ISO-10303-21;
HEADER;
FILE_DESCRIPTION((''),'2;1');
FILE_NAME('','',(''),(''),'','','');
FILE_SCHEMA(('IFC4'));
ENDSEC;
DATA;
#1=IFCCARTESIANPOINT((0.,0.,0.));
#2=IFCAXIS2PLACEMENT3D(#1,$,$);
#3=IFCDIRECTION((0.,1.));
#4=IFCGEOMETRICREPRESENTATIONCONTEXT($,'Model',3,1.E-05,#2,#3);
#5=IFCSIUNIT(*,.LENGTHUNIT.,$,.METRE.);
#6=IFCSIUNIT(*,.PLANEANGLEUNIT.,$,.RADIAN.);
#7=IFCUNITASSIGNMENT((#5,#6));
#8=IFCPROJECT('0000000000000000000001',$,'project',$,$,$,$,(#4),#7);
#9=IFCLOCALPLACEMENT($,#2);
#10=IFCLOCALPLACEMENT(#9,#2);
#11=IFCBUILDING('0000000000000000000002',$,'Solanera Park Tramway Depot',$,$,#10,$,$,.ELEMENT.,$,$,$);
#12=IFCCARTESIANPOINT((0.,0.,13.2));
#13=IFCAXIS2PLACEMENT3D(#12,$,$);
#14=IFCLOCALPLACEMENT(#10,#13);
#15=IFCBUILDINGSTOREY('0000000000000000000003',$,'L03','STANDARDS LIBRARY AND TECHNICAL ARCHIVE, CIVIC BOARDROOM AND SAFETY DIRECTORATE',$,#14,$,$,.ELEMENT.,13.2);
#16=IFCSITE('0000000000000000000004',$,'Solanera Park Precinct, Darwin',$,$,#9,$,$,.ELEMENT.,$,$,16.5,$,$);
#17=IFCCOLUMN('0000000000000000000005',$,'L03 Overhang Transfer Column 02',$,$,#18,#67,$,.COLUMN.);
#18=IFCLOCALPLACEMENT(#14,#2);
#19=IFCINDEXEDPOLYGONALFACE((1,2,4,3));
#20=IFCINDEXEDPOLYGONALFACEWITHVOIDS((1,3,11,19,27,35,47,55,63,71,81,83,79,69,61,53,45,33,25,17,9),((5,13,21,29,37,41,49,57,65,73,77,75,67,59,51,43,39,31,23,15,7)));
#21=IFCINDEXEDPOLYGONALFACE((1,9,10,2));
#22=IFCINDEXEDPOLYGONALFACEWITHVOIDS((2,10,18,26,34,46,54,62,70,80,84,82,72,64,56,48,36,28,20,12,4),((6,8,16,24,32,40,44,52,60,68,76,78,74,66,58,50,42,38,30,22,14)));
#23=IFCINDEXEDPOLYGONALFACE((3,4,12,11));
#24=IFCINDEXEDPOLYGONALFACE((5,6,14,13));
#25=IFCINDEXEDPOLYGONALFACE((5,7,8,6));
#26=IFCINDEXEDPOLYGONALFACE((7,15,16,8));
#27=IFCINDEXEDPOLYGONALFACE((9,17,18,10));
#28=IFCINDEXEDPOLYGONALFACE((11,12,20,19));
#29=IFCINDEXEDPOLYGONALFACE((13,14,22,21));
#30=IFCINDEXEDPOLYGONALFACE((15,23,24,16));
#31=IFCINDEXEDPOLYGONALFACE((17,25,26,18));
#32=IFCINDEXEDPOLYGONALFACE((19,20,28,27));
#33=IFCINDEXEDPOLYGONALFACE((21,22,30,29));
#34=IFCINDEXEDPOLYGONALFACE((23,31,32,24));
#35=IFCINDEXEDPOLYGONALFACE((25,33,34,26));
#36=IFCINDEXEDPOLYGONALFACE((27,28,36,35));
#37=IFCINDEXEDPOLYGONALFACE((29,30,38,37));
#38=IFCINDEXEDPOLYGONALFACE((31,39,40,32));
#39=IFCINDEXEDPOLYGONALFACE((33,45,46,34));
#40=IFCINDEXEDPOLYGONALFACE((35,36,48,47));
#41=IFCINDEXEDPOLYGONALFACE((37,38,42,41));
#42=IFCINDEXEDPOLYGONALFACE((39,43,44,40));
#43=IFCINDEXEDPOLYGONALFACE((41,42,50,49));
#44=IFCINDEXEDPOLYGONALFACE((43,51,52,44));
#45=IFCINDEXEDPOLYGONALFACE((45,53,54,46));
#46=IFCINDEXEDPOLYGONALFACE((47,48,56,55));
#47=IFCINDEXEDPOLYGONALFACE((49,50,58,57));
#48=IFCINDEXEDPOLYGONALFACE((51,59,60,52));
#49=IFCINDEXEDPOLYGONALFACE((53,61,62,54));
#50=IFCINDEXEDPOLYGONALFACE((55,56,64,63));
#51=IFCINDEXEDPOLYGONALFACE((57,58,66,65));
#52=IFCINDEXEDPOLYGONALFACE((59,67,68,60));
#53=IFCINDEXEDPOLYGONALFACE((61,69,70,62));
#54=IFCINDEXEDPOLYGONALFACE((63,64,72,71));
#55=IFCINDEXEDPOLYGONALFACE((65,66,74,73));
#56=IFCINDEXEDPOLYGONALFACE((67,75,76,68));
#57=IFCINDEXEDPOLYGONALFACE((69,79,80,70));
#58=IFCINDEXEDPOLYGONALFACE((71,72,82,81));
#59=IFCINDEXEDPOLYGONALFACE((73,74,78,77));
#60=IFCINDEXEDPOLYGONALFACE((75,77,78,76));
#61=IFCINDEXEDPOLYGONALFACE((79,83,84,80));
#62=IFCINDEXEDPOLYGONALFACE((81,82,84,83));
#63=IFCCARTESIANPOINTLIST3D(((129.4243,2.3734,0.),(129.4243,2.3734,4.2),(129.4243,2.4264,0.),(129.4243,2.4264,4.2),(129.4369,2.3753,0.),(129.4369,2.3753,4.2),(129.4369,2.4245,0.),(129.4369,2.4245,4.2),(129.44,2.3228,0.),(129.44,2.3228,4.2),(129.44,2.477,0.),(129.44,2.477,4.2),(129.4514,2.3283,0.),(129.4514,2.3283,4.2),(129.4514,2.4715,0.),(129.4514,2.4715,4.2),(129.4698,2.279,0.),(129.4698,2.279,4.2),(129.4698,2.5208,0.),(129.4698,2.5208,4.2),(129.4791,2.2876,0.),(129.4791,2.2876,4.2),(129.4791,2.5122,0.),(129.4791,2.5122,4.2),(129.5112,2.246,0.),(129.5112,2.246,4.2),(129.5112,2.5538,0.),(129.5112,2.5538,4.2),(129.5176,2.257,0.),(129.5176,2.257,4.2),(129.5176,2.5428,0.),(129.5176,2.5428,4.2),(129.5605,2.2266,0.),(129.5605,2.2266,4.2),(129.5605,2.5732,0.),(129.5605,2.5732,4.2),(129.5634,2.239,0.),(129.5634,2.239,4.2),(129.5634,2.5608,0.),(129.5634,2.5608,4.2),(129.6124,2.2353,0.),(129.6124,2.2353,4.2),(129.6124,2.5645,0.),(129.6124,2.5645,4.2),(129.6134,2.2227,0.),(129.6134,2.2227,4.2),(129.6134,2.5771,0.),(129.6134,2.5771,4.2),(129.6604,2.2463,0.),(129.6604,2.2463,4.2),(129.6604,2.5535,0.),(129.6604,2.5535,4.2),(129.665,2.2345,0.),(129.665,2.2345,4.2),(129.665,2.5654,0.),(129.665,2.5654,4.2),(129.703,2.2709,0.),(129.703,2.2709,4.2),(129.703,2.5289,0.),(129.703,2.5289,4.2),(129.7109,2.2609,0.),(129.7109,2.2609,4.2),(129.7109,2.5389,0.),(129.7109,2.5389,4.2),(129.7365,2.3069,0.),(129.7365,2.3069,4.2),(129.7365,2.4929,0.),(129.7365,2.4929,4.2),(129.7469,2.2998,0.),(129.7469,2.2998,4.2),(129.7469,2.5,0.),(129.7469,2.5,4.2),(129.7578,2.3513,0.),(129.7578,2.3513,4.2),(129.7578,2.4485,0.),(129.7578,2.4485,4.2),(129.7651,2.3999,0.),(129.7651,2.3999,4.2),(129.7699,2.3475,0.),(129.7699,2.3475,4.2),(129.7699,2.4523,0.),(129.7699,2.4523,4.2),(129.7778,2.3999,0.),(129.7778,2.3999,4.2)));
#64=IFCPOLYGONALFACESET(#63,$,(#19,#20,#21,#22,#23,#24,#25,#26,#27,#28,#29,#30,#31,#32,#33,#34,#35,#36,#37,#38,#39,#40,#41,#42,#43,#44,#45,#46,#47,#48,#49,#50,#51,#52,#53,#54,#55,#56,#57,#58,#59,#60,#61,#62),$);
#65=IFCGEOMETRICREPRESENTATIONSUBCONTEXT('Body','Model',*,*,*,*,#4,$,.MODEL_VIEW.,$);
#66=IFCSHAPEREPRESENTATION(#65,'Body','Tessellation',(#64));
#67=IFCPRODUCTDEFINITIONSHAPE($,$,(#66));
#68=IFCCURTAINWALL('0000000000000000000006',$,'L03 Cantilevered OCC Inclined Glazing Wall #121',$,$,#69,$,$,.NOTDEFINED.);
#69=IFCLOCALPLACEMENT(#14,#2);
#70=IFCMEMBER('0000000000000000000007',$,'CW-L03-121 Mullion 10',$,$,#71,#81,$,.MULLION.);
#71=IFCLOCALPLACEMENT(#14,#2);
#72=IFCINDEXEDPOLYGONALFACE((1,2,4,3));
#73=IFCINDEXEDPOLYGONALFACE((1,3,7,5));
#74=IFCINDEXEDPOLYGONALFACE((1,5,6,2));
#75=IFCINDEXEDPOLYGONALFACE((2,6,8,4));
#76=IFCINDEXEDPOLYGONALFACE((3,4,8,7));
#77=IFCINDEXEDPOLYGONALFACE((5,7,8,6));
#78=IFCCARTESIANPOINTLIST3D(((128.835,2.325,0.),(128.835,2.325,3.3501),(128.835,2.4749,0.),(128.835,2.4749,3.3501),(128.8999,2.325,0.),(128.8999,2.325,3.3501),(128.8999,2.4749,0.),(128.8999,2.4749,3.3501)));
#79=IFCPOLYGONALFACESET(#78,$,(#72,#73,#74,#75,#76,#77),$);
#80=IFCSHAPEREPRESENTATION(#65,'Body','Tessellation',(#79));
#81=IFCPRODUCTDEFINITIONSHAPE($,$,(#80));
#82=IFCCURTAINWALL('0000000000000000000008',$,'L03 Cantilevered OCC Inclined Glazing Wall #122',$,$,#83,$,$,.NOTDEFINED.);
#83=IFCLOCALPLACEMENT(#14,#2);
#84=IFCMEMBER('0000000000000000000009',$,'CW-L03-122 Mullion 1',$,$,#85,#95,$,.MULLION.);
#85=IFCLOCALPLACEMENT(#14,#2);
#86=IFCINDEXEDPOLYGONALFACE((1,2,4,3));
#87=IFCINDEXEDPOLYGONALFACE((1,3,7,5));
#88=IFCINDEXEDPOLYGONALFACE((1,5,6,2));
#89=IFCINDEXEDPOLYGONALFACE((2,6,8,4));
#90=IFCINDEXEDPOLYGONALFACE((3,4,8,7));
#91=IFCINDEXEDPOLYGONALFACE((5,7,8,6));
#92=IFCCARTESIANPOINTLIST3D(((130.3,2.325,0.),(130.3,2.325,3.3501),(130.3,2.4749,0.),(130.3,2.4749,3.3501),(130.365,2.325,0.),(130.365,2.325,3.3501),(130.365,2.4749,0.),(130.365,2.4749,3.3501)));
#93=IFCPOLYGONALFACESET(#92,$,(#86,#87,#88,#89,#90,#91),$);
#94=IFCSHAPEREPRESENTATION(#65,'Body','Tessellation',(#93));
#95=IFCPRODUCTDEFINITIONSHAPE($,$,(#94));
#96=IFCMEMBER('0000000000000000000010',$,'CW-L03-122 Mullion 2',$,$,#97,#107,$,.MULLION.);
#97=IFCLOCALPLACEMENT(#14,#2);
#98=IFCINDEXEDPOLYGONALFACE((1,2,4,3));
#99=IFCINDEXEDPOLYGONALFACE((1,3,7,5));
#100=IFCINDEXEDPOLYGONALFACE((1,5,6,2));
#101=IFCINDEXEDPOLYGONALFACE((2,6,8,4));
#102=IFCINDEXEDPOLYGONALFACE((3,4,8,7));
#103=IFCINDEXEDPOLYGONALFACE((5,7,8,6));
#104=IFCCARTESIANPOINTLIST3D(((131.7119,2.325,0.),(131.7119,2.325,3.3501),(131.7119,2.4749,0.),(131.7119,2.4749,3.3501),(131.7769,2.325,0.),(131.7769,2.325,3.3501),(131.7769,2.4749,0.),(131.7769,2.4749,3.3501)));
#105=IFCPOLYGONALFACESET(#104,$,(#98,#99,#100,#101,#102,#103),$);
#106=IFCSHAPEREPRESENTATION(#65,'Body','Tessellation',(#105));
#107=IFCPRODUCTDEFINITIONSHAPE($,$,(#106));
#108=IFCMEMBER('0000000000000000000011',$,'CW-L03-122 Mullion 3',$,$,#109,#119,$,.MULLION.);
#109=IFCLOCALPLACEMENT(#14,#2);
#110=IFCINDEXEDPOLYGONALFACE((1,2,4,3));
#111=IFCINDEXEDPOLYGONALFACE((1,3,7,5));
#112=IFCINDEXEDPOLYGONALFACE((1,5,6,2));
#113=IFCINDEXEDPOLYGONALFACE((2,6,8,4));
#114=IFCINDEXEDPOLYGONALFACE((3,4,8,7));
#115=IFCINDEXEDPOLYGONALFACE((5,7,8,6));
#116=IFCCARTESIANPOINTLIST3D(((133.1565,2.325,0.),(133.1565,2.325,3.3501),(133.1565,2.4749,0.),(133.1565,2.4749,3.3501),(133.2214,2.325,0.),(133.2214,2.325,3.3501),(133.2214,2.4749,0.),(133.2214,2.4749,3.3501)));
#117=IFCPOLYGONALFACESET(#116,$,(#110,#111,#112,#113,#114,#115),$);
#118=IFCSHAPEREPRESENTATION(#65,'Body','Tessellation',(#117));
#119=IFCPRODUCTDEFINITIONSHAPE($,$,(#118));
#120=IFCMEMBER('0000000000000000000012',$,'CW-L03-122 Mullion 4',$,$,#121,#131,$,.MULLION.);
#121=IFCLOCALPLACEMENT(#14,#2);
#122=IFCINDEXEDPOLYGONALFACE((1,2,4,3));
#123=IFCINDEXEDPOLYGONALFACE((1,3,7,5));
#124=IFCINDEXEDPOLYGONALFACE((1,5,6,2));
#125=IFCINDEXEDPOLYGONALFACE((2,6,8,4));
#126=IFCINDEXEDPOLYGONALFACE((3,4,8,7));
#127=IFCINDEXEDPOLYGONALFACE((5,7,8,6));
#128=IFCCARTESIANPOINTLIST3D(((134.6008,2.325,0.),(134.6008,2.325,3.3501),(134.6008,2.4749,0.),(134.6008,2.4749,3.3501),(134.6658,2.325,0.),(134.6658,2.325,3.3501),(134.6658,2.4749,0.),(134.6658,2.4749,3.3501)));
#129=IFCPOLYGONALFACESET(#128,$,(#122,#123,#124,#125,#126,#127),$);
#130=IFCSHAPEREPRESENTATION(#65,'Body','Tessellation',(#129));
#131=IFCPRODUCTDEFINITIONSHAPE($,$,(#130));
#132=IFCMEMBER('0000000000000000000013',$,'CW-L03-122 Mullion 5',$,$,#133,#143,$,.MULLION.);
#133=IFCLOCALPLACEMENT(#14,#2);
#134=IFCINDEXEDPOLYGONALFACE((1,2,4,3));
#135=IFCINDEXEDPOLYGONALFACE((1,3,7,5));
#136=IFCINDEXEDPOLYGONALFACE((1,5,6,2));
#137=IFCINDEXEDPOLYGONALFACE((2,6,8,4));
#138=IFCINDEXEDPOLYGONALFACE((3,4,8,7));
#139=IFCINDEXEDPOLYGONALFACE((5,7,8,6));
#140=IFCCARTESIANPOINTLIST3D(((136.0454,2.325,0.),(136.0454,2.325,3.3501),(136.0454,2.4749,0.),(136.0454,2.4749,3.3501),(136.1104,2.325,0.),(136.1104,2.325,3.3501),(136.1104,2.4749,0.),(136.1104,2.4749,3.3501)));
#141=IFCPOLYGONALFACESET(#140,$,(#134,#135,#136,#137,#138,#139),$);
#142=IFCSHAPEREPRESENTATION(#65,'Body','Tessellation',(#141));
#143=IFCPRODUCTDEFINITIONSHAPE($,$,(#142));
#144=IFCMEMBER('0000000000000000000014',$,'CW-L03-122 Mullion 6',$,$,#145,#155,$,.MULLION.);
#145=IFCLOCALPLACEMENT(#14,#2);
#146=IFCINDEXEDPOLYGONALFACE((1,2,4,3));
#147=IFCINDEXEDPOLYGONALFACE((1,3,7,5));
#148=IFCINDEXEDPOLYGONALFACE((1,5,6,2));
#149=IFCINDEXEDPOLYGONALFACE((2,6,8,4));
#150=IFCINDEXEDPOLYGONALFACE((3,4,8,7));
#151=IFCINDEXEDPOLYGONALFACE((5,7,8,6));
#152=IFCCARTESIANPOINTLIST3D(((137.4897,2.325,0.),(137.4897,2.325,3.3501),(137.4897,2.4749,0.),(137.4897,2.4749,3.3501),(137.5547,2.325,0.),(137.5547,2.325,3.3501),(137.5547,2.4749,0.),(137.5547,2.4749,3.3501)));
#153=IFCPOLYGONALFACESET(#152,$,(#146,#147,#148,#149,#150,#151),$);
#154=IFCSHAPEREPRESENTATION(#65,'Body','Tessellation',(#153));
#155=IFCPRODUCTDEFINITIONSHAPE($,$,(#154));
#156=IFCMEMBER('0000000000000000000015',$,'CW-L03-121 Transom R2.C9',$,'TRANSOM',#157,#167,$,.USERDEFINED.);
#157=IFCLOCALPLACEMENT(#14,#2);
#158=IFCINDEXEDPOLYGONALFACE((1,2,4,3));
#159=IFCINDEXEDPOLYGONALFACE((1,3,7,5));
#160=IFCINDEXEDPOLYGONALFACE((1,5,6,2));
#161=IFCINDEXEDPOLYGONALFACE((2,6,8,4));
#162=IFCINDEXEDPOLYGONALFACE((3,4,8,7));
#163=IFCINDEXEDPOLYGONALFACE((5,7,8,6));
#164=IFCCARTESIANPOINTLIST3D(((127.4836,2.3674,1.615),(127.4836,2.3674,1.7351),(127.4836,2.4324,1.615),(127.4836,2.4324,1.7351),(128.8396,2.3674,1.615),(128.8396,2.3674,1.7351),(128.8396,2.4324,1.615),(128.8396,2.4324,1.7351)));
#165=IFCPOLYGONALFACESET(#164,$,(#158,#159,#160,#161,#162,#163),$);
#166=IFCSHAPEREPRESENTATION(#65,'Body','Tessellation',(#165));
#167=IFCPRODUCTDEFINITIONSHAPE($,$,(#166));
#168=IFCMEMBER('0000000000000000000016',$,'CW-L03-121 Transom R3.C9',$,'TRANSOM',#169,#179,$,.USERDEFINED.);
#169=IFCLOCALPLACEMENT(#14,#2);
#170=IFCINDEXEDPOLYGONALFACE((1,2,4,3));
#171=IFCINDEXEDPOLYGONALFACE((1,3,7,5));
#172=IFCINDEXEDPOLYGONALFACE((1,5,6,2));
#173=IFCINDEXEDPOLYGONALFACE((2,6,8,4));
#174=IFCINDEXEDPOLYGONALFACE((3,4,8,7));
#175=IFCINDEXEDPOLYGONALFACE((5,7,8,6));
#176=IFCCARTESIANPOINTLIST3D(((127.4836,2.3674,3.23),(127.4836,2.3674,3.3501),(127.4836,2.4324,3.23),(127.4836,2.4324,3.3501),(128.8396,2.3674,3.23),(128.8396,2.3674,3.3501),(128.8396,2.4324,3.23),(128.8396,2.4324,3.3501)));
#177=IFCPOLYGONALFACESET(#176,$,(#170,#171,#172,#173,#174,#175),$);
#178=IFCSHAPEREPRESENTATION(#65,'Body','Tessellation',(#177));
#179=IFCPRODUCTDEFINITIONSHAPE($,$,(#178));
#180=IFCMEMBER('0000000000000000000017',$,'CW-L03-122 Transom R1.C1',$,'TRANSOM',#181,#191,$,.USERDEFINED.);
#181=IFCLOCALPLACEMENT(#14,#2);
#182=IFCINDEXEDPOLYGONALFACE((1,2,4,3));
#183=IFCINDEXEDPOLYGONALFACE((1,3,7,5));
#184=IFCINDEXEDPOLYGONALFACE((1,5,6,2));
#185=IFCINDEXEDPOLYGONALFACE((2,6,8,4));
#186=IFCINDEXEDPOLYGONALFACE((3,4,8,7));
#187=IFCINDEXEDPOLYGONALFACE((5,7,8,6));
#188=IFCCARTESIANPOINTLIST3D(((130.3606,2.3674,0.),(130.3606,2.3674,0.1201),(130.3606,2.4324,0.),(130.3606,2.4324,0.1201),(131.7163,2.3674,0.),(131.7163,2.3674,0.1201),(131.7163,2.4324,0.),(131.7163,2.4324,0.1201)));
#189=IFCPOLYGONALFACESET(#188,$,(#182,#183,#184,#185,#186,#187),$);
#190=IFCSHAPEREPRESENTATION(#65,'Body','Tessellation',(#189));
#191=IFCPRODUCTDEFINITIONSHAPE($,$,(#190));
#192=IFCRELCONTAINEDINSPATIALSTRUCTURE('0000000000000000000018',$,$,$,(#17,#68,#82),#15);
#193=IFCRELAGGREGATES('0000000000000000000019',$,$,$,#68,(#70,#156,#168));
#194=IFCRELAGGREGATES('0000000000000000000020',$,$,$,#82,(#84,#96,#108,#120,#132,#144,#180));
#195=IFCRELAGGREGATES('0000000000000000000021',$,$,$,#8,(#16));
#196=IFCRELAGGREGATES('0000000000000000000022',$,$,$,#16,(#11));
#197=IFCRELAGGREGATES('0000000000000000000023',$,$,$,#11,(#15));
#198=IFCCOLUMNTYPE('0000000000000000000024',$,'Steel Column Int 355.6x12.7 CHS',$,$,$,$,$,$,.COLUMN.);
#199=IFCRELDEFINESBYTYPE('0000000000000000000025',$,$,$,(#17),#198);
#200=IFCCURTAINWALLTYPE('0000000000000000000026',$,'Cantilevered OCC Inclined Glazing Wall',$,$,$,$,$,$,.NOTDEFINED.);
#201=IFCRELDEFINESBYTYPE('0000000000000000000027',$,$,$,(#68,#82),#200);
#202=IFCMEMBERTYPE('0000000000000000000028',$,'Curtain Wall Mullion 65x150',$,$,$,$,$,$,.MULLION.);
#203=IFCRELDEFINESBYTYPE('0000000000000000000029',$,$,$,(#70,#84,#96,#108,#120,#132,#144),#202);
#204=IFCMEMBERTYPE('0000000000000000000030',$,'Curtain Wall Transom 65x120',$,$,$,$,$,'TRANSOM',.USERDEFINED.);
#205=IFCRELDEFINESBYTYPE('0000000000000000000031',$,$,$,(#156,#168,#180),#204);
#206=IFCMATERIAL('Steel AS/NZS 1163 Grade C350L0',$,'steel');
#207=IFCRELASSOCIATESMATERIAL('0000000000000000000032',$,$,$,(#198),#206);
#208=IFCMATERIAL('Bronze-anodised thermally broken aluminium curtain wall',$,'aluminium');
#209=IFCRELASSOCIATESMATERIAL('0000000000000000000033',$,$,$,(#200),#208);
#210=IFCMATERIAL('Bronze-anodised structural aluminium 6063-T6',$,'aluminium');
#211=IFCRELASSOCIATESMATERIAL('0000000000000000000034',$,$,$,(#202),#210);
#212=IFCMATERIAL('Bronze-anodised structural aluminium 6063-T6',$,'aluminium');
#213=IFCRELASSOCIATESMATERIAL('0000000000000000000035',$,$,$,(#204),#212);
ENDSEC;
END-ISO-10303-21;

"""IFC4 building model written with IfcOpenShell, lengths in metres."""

from ifc_helpers import new_model, si_unit, direction, frame, origin, origin_2d, place, context, subcontext, project, spatial, rectangle, hollow_circle, extrude, material, material_profile, profile_set, type_object, element, aggregate, save


model = new_model("IFC4")

# Units and contexts
model_context = context("Model", 3, precision=1e-05, world=origin(), true_north=direction((0.0, 1.0)))
body_context = subcontext(model_context, "Body", "Model", "MODEL_VIEW")
ifc_project = project(units=[si_unit("LENGTHUNIT", "METRE"), si_unit("PLANEANGLEUNIT", "RADIAN")], contexts=[model_context])

# Site, building, storey
site_placement = place(None, origin())
site = spatial("IfcSite", under=ifc_project, at=site_placement, Name="Solanera Park Precinct, Darwin", CompositionType="ELEMENT", RefElevation=16.5)
building_placement = place(site_placement, origin())
building = spatial("IfcBuilding", under=site, at=building_placement, Name="Solanera Park Tramway Depot", CompositionType="ELEMENT")
storey_placement = place(building_placement, frame((0.0, 0.0, 13.2)))
storey = spatial("IfcBuildingStorey", under=building, at=storey_placement, Name="L03", Description="STANDARDS LIBRARY AND TECHNICAL ARCHIVE, CIVIC BOARDROOM AND SAFETY DIRECTORATE", CompositionType="ELEMENT", Elevation=13.2)

# Column
ifc_material_1 = material(Name="Steel AS/NZS 1163 Grade C350L0", Category="steel")
ifc_material_profile_1 = material_profile(ifc_material_1, hollow_circle(Radius=0.1777, WallThickness=0.0127, at=origin_2d()), Name="355.6x12.7 CHS")
ifc_profile_set_1 = profile_set([ifc_material_profile_1], Name="Steel AS/NZS 1163 Grade C350L0")
column_type = type_object("IfcColumnType", Name="Steel Column Int 355.6x12.7 CHS", PredefinedType="COLUMN", material=ifc_profile_set_1)
column_placement = place(storey_placement, frame((129.6001, 2.3999, 0.0), z_axis=(0.0, 0.0, 1.0), x_axis=(1.0, 0.0, 0.0)))
element("IfcColumn", 1, at=column_placement, inside=storey, type_object=column_type, Name="L03 Overhang Transfer Column 02", PredefinedType="COLUMN", context=body_context, shape_type="SweptSolid", body=[
    extrude(hollow_circle(Radius=0.1777, WallThickness=0.0127, at=origin_2d()), origin(), (0.0, 0.0, 1.0), 4.2),
])

# Curtain wall, member
ifc_material_2 = material(Name="Bronze-anodised thermally broken aluminium curtain wall", Category="aluminium")
curtain_wall_type = type_object("IfcCurtainWallType", Name="Cantilevered OCC Inclined Glazing Wall", PredefinedType="NOTDEFINED", material=ifc_material_2)
curtain_wall_1_placement = place(storey_placement, origin())
curtain_wall_1 = element("IfcCurtainWall", 2, at=curtain_wall_1_placement, inside=storey, type_object=curtain_wall_type, Name="L03 Cantilevered OCC Inclined Glazing Wall #121", PredefinedType="NOTDEFINED")
ifc_material_3 = material(Name="Bronze-anodised structural aluminium 6063-T6", Category="aluminium")
ifc_material_profile_2 = material_profile(ifc_material_3, rectangle(XDim=0.0649, YDim=0.1499, at=origin_2d()), Name="Curtain Wall Mullion 65x150")
ifc_profile_set_2 = profile_set([ifc_material_profile_2], Name="Bronze-anodised structural aluminium 6063-T6")
member_type_1 = type_object("IfcMemberType", Name="Curtain Wall Mullion 65x150", PredefinedType="MULLION", material=ifc_profile_set_2)
member_1_placement = place(storey_placement, frame((128.8674, 2.3999, 0.0), z_axis=(0.0, 0.0, 1.0), x_axis=(1.0, 0.0, 0.0)))
member_1 = element("IfcMember", 3, at=member_1_placement, type_object=member_type_1, Name="CW-L03-121 Mullion 10", PredefinedType="MULLION", context=body_context, shape_type="SweptSolid", body=[
    extrude(rectangle(XDim=0.0649, YDim=0.1499, at=origin_2d()), origin(), (0.0, 0.0, 1.0), 3.3501),
])

# Curtain wall, members
curtain_wall_2_placement = place(storey_placement, origin())
curtain_wall_2 = element("IfcCurtainWall", 4, at=curtain_wall_2_placement, inside=storey, type_object=curtain_wall_type, Name="L03 Cantilevered OCC Inclined Glazing Wall #122", PredefinedType="NOTDEFINED")
member_2_placement = place(storey_placement, frame((130.3325, 2.3999, 0.0), z_axis=(0.0, 0.0, 1.0), x_axis=(1.0, 0.0, 0.0)))
member_2 = element("IfcMember", 5, at=member_2_placement, type_object=member_type_1, Name="CW-L03-122 Mullion 1", PredefinedType="MULLION", context=body_context, shape_type="SweptSolid", body=[
    extrude(rectangle(XDim=0.0649, YDim=0.1499, at=origin_2d()), origin(), (0.0, 0.0, 1.0), 3.3501),
])
member_3_placement = place(storey_placement, frame((131.7444, 2.3999, 0.0), z_axis=(0.0, 0.0, 1.0), x_axis=(1.0, 0.0, 0.0)))
member_3 = element("IfcMember", 6, at=member_3_placement, type_object=member_type_1, Name="CW-L03-122 Mullion 2", PredefinedType="MULLION", context=body_context, shape_type="SweptSolid", body=[
    extrude(rectangle(XDim=0.0649, YDim=0.1499, at=origin_2d()), origin(), (0.0, 0.0, 1.0), 3.3501),
])
member_4_placement = place(storey_placement, frame((133.189, 2.3999, 0.0), z_axis=(0.0, 0.0, 1.0), x_axis=(1.0, 0.0, 0.0)))
member_4 = element("IfcMember", 7, at=member_4_placement, type_object=member_type_1, Name="CW-L03-122 Mullion 3", PredefinedType="MULLION", context=body_context, shape_type="SweptSolid", body=[
    extrude(rectangle(XDim=0.0649, YDim=0.1499, at=origin_2d()), origin(), (0.0, 0.0, 1.0), 3.3501),
])
member_5_placement = place(storey_placement, frame((134.6333, 2.3999, 0.0), z_axis=(0.0, 0.0, 1.0), x_axis=(1.0, 0.0, 0.0)))
member_5 = element("IfcMember", 8, at=member_5_placement, type_object=member_type_1, Name="CW-L03-122 Mullion 4", PredefinedType="MULLION", context=body_context, shape_type="SweptSolid", body=[
    extrude(rectangle(XDim=0.0649, YDim=0.1499, at=origin_2d()), origin(), (0.0, 0.0, 1.0), 3.3501),
])
member_6_placement = place(storey_placement, frame((136.0779, 2.3999, 0.0), z_axis=(0.0, 0.0, 1.0), x_axis=(1.0, 0.0, 0.0)))
member_6 = element("IfcMember", 9, at=member_6_placement, type_object=member_type_1, Name="CW-L03-122 Mullion 5", PredefinedType="MULLION", context=body_context, shape_type="SweptSolid", body=[
    extrude(rectangle(XDim=0.0649, YDim=0.1499, at=origin_2d()), origin(), (0.0, 0.0, 1.0), 3.3501),
])
member_7_placement = place(storey_placement, frame((137.5222, 2.3999, 0.0), z_axis=(0.0, 0.0, 1.0), x_axis=(1.0, 0.0, 0.0)))
member_7 = element("IfcMember", 10, at=member_7_placement, type_object=member_type_1, Name="CW-L03-122 Mullion 6", PredefinedType="MULLION", context=body_context, shape_type="SweptSolid", body=[
    extrude(rectangle(XDim=0.0649, YDim=0.1499, at=origin_2d()), origin(), (0.0, 0.0, 1.0), 3.3501),
])

# Members
ifc_material_4 = material(Name="Bronze-anodised structural aluminium 6063-T6", Category="aluminium")
ifc_material_profile_3 = material_profile(ifc_material_4, rectangle(XDim=0.0649, YDim=0.1201, at=origin_2d()), Name="Curtain Wall Transom 65x120")
ifc_profile_set_3 = profile_set([ifc_material_profile_3], Name="Bronze-anodised structural aluminium 6063-T6")
member_type_2 = type_object("IfcMemberType", Name="Curtain Wall Transom 65x120", ElementType="TRANSOM", PredefinedType="USERDEFINED", material=ifc_profile_set_3)
member_8_placement = place(storey_placement, frame((127.4836, 2.3999, 1.675), z_axis=(1.0, 0.0, 0.0), x_axis=(0.0, 1.0, 0.0)))
member_8 = element("IfcMember", 11, at=member_8_placement, type_object=member_type_2, Name="CW-L03-121 Transom R2.C9", ObjectType="TRANSOM", PredefinedType="USERDEFINED", context=body_context, shape_type="SweptSolid", body=[
    extrude(rectangle(XDim=0.0649, YDim=0.1201, at=origin_2d()), origin(), (0.0, 0.0, 1.0), 1.356),
])
member_9_placement = place(storey_placement, frame((127.4836, 2.3999, 3.29), z_axis=(1.0, 0.0, 0.0), x_axis=(0.0, 1.0, 0.0)))
member_9 = element("IfcMember", 12, at=member_9_placement, type_object=member_type_2, Name="CW-L03-121 Transom R3.C9", ObjectType="TRANSOM", PredefinedType="USERDEFINED", context=body_context, shape_type="SweptSolid", body=[
    extrude(rectangle(XDim=0.0649, YDim=0.1201, at=origin_2d()), origin(), (0.0, 0.0, 1.0), 1.356),
])
member_10_placement = place(storey_placement, frame((130.3606, 2.3999, 0.0601), z_axis=(1.0, 0.0, 0.0), x_axis=(0.0, 1.0, 0.0)))
member_10 = element("IfcMember", 13, at=member_10_placement, type_object=member_type_2, Name="CW-L03-122 Transom R1.C1", ObjectType="TRANSOM", PredefinedType="USERDEFINED", context=body_context, shape_type="SweptSolid", body=[
    extrude(rectangle(XDim=0.0649, YDim=0.1201, at=origin_2d()), origin(), (0.0, 0.0, 1.0), 1.3557),
])

aggregate(curtain_wall_1, [member_1, member_8, member_9])
aggregate(curtain_wall_2, [member_2, member_3, member_4, member_5, member_6, member_7, member_10])

save(model, "model.ifc")
